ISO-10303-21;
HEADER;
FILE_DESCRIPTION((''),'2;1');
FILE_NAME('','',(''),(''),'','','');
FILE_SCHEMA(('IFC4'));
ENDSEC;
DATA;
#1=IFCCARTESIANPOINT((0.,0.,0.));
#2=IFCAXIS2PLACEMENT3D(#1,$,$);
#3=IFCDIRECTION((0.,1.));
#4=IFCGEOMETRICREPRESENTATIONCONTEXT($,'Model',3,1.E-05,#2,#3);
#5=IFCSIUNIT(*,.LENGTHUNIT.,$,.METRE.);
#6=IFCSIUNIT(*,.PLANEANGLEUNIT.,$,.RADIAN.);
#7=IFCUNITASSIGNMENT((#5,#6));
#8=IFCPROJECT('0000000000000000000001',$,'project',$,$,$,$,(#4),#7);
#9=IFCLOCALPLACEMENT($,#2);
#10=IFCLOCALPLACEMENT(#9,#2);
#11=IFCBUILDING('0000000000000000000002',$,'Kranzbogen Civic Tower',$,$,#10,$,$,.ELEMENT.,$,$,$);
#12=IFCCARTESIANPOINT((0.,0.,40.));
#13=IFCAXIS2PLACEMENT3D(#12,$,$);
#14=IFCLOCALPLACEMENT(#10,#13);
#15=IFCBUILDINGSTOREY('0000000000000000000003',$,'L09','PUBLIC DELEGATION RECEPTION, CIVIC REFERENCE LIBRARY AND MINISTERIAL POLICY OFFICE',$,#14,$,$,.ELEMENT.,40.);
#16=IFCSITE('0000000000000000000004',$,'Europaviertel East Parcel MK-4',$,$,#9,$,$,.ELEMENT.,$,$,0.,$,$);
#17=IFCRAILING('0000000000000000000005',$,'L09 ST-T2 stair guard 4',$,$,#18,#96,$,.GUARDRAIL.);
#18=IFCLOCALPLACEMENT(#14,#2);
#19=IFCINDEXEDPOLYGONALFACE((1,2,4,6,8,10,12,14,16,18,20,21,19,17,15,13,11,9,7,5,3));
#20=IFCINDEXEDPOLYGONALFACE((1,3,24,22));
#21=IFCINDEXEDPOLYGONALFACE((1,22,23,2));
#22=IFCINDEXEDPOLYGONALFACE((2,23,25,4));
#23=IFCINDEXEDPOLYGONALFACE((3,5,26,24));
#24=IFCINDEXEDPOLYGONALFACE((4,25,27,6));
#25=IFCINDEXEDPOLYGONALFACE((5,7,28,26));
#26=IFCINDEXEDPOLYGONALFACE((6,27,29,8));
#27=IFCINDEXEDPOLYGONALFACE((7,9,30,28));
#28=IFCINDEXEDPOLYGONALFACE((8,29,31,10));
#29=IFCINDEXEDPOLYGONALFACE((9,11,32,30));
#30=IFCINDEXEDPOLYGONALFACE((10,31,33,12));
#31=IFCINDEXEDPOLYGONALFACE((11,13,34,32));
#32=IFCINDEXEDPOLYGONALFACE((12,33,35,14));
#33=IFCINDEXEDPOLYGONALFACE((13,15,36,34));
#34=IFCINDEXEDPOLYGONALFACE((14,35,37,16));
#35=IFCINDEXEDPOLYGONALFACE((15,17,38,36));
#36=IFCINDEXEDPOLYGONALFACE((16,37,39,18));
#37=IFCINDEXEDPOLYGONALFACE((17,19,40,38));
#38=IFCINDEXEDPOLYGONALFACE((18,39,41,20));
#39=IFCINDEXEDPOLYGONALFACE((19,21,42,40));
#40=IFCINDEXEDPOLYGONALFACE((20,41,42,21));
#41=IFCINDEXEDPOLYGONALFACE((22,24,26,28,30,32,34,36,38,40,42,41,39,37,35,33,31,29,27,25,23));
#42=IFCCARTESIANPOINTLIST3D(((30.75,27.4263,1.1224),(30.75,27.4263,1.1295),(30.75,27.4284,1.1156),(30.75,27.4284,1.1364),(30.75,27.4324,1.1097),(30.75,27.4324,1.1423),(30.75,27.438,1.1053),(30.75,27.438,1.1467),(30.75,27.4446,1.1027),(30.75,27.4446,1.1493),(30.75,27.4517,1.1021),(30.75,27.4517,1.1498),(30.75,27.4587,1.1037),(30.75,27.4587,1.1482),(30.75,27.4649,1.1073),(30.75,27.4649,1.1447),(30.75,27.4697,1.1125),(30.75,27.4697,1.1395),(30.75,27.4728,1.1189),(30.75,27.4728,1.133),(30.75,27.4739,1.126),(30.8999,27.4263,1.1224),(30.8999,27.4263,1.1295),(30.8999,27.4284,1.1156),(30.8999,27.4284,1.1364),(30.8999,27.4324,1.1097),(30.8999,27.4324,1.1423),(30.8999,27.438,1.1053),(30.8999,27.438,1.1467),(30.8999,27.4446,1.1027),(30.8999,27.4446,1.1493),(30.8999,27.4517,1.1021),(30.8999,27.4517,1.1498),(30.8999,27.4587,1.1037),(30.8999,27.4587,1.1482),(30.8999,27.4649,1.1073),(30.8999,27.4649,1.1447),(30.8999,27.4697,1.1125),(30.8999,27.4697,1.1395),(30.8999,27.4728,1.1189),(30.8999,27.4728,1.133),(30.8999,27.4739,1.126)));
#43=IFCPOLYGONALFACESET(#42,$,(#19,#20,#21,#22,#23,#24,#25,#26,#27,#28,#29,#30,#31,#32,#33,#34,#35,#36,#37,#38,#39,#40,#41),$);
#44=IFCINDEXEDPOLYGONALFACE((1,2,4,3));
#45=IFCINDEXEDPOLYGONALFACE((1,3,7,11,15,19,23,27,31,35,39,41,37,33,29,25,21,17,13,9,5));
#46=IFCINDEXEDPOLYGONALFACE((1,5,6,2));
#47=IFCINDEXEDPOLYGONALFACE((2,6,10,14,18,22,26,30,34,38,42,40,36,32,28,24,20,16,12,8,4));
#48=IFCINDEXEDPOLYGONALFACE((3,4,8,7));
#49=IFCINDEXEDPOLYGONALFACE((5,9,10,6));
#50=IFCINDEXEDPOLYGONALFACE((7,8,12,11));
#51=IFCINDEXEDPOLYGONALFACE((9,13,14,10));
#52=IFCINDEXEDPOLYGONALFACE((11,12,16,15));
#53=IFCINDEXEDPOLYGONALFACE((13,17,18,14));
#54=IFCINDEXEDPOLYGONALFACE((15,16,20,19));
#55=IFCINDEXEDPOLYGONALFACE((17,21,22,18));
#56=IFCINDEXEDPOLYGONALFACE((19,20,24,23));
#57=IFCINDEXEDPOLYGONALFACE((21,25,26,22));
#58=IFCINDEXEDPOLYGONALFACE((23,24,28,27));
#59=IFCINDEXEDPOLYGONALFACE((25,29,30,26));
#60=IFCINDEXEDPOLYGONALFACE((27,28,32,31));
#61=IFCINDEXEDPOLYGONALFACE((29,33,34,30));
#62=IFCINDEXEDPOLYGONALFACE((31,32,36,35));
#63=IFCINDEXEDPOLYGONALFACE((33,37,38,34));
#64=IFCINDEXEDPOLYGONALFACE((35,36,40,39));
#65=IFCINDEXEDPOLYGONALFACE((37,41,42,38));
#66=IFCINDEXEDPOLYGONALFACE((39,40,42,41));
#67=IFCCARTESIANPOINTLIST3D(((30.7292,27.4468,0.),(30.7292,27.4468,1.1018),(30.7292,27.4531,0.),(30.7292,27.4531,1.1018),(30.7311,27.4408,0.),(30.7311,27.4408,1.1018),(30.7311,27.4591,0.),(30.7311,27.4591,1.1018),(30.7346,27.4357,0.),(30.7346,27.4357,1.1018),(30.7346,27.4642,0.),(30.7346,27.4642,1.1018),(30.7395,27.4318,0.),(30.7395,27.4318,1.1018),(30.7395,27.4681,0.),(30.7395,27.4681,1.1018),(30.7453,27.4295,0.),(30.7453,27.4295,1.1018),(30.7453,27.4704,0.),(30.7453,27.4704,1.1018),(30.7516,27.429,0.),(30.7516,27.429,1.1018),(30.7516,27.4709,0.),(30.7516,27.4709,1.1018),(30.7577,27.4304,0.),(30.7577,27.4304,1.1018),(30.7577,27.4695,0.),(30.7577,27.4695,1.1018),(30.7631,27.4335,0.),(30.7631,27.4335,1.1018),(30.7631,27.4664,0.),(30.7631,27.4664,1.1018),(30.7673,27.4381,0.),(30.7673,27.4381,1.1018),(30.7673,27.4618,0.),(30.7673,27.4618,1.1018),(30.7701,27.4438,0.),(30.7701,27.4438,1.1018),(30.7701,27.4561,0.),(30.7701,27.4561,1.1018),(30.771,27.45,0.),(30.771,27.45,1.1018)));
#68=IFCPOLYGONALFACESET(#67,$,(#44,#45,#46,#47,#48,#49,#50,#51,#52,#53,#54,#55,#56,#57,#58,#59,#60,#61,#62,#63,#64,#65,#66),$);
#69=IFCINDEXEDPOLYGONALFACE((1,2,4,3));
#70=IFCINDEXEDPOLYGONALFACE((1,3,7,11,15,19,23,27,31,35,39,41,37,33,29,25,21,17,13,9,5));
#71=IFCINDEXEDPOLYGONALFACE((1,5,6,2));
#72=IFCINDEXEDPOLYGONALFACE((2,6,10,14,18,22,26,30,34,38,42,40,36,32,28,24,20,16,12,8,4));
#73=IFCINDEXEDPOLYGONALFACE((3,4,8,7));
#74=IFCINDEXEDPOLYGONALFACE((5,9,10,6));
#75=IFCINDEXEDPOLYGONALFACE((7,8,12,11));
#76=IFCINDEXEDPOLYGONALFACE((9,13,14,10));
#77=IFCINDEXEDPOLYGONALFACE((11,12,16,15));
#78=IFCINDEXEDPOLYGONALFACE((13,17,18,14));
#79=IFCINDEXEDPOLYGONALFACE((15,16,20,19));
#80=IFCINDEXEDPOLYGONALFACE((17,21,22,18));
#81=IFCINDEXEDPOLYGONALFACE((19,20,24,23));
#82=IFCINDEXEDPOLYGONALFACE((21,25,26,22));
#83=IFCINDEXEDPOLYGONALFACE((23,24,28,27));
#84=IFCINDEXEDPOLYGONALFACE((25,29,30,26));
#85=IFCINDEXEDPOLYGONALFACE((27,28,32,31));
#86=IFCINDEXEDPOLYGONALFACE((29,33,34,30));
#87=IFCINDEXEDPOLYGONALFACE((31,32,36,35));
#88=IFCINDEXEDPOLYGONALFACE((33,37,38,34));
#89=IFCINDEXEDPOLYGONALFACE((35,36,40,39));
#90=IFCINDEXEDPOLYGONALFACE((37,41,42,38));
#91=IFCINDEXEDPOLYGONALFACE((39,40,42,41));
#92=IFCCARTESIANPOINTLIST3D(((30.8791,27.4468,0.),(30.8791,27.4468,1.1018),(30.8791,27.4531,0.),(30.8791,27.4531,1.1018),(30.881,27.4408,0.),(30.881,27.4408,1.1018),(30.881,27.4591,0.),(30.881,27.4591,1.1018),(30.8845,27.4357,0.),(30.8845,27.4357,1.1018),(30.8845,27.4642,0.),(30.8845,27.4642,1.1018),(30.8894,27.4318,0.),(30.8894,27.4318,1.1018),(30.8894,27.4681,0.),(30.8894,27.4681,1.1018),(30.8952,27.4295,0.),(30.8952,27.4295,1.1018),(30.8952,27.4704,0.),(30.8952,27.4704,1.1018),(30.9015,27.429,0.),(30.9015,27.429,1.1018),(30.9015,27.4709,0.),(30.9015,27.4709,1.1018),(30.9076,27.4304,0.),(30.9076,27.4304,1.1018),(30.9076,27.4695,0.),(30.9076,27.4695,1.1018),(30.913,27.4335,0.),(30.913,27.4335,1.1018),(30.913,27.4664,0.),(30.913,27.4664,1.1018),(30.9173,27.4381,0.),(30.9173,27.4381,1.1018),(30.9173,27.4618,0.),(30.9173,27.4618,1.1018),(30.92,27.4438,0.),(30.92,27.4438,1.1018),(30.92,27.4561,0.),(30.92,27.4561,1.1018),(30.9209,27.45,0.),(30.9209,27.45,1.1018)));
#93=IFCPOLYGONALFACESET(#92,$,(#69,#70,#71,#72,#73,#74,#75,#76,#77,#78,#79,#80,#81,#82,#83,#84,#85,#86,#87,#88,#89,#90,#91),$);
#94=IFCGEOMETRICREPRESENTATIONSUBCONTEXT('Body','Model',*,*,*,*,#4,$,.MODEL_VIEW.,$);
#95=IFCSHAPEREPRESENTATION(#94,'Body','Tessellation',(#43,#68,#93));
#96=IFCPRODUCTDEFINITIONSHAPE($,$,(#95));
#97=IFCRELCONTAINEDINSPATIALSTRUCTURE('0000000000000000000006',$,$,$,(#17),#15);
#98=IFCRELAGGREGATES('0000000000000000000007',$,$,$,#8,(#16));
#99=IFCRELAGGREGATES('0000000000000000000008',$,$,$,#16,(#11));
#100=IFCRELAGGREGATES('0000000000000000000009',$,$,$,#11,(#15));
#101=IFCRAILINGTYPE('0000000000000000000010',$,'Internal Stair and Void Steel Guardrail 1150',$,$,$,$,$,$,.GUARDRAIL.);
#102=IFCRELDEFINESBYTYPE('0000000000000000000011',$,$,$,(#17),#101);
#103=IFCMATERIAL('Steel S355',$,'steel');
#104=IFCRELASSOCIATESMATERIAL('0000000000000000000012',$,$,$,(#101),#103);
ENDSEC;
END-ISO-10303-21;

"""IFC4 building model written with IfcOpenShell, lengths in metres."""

from ifc_helpers import new_model, si_unit, direction, frame, origin, origin_2d, place, context, subcontext, project, spatial, circle, extrude, material, type_object, element, save


model = new_model("IFC4")

# Units and contexts
model_context = context("Model", 3, precision=1e-05, world=origin(), true_north=direction((0.0, 1.0)))
body_context = subcontext(model_context, "Body", "Model", "MODEL_VIEW")
ifc_project = project(units=[si_unit("LENGTHUNIT", "METRE"), si_unit("PLANEANGLEUNIT", "RADIAN")], contexts=[model_context])

# Site, building, storey
site_placement = place(None, origin())
site = spatial("IfcSite", under=ifc_project, at=site_placement, Name="Europaviertel East Parcel MK-4", CompositionType="ELEMENT", RefElevation=0.0)
building_placement = place(site_placement, origin())
building = spatial("IfcBuilding", under=site, at=building_placement, Name="Kranzbogen Civic Tower", CompositionType="ELEMENT")
storey_placement = place(building_placement, frame((0.0, 0.0, 40.0)))
storey = spatial("IfcBuildingStorey", under=building, at=storey_placement, Name="L09", Description="PUBLIC DELEGATION RECEPTION, CIVIC REFERENCE LIBRARY AND MINISTERIAL POLICY OFFICE", CompositionType="ELEMENT", Elevation=40.0)

# Shared definitions
ifc_material_1 = material(Name="Steel S355", Category="steel")

# Railing
railing_type_1 = type_object("IfcRailingType", Name="Internal Stair and Void Steel Guardrail 1150", PredefinedType="GUARDRAIL", material=ifc_material_1)
railing_1_placement = place(storey_placement, frame((30.75, 27.45, 0.0)))
element("IfcRailing", 1, at=railing_1_placement, inside=storey, type_object=railing_type_1, Name="L09 ST-T2 stair guard 4", PredefinedType="GUARDRAIL", context=body_context, shape_type="SweptSolid", body=[
    extrude(circle(Radius=0.0239, at=origin_2d()), frame((0.0, 0.0, 1.126), z_axis=(1.0, 0.0, 0.0), x_axis=(0.0, 1.0, 0.0)), (0.0, 0.0, 1.0), 0.1499),
    extrude(circle(Radius=0.021, at=origin_2d()), origin(), (0.0, 0.0, 1.0), 1.1018),
    extrude(circle(Radius=0.021, at=origin_2d()), frame((0.1499, 0.0, 0.0)), (0.0, 0.0, 1.0), 1.1018),
])

save(model, "model.ifc")
